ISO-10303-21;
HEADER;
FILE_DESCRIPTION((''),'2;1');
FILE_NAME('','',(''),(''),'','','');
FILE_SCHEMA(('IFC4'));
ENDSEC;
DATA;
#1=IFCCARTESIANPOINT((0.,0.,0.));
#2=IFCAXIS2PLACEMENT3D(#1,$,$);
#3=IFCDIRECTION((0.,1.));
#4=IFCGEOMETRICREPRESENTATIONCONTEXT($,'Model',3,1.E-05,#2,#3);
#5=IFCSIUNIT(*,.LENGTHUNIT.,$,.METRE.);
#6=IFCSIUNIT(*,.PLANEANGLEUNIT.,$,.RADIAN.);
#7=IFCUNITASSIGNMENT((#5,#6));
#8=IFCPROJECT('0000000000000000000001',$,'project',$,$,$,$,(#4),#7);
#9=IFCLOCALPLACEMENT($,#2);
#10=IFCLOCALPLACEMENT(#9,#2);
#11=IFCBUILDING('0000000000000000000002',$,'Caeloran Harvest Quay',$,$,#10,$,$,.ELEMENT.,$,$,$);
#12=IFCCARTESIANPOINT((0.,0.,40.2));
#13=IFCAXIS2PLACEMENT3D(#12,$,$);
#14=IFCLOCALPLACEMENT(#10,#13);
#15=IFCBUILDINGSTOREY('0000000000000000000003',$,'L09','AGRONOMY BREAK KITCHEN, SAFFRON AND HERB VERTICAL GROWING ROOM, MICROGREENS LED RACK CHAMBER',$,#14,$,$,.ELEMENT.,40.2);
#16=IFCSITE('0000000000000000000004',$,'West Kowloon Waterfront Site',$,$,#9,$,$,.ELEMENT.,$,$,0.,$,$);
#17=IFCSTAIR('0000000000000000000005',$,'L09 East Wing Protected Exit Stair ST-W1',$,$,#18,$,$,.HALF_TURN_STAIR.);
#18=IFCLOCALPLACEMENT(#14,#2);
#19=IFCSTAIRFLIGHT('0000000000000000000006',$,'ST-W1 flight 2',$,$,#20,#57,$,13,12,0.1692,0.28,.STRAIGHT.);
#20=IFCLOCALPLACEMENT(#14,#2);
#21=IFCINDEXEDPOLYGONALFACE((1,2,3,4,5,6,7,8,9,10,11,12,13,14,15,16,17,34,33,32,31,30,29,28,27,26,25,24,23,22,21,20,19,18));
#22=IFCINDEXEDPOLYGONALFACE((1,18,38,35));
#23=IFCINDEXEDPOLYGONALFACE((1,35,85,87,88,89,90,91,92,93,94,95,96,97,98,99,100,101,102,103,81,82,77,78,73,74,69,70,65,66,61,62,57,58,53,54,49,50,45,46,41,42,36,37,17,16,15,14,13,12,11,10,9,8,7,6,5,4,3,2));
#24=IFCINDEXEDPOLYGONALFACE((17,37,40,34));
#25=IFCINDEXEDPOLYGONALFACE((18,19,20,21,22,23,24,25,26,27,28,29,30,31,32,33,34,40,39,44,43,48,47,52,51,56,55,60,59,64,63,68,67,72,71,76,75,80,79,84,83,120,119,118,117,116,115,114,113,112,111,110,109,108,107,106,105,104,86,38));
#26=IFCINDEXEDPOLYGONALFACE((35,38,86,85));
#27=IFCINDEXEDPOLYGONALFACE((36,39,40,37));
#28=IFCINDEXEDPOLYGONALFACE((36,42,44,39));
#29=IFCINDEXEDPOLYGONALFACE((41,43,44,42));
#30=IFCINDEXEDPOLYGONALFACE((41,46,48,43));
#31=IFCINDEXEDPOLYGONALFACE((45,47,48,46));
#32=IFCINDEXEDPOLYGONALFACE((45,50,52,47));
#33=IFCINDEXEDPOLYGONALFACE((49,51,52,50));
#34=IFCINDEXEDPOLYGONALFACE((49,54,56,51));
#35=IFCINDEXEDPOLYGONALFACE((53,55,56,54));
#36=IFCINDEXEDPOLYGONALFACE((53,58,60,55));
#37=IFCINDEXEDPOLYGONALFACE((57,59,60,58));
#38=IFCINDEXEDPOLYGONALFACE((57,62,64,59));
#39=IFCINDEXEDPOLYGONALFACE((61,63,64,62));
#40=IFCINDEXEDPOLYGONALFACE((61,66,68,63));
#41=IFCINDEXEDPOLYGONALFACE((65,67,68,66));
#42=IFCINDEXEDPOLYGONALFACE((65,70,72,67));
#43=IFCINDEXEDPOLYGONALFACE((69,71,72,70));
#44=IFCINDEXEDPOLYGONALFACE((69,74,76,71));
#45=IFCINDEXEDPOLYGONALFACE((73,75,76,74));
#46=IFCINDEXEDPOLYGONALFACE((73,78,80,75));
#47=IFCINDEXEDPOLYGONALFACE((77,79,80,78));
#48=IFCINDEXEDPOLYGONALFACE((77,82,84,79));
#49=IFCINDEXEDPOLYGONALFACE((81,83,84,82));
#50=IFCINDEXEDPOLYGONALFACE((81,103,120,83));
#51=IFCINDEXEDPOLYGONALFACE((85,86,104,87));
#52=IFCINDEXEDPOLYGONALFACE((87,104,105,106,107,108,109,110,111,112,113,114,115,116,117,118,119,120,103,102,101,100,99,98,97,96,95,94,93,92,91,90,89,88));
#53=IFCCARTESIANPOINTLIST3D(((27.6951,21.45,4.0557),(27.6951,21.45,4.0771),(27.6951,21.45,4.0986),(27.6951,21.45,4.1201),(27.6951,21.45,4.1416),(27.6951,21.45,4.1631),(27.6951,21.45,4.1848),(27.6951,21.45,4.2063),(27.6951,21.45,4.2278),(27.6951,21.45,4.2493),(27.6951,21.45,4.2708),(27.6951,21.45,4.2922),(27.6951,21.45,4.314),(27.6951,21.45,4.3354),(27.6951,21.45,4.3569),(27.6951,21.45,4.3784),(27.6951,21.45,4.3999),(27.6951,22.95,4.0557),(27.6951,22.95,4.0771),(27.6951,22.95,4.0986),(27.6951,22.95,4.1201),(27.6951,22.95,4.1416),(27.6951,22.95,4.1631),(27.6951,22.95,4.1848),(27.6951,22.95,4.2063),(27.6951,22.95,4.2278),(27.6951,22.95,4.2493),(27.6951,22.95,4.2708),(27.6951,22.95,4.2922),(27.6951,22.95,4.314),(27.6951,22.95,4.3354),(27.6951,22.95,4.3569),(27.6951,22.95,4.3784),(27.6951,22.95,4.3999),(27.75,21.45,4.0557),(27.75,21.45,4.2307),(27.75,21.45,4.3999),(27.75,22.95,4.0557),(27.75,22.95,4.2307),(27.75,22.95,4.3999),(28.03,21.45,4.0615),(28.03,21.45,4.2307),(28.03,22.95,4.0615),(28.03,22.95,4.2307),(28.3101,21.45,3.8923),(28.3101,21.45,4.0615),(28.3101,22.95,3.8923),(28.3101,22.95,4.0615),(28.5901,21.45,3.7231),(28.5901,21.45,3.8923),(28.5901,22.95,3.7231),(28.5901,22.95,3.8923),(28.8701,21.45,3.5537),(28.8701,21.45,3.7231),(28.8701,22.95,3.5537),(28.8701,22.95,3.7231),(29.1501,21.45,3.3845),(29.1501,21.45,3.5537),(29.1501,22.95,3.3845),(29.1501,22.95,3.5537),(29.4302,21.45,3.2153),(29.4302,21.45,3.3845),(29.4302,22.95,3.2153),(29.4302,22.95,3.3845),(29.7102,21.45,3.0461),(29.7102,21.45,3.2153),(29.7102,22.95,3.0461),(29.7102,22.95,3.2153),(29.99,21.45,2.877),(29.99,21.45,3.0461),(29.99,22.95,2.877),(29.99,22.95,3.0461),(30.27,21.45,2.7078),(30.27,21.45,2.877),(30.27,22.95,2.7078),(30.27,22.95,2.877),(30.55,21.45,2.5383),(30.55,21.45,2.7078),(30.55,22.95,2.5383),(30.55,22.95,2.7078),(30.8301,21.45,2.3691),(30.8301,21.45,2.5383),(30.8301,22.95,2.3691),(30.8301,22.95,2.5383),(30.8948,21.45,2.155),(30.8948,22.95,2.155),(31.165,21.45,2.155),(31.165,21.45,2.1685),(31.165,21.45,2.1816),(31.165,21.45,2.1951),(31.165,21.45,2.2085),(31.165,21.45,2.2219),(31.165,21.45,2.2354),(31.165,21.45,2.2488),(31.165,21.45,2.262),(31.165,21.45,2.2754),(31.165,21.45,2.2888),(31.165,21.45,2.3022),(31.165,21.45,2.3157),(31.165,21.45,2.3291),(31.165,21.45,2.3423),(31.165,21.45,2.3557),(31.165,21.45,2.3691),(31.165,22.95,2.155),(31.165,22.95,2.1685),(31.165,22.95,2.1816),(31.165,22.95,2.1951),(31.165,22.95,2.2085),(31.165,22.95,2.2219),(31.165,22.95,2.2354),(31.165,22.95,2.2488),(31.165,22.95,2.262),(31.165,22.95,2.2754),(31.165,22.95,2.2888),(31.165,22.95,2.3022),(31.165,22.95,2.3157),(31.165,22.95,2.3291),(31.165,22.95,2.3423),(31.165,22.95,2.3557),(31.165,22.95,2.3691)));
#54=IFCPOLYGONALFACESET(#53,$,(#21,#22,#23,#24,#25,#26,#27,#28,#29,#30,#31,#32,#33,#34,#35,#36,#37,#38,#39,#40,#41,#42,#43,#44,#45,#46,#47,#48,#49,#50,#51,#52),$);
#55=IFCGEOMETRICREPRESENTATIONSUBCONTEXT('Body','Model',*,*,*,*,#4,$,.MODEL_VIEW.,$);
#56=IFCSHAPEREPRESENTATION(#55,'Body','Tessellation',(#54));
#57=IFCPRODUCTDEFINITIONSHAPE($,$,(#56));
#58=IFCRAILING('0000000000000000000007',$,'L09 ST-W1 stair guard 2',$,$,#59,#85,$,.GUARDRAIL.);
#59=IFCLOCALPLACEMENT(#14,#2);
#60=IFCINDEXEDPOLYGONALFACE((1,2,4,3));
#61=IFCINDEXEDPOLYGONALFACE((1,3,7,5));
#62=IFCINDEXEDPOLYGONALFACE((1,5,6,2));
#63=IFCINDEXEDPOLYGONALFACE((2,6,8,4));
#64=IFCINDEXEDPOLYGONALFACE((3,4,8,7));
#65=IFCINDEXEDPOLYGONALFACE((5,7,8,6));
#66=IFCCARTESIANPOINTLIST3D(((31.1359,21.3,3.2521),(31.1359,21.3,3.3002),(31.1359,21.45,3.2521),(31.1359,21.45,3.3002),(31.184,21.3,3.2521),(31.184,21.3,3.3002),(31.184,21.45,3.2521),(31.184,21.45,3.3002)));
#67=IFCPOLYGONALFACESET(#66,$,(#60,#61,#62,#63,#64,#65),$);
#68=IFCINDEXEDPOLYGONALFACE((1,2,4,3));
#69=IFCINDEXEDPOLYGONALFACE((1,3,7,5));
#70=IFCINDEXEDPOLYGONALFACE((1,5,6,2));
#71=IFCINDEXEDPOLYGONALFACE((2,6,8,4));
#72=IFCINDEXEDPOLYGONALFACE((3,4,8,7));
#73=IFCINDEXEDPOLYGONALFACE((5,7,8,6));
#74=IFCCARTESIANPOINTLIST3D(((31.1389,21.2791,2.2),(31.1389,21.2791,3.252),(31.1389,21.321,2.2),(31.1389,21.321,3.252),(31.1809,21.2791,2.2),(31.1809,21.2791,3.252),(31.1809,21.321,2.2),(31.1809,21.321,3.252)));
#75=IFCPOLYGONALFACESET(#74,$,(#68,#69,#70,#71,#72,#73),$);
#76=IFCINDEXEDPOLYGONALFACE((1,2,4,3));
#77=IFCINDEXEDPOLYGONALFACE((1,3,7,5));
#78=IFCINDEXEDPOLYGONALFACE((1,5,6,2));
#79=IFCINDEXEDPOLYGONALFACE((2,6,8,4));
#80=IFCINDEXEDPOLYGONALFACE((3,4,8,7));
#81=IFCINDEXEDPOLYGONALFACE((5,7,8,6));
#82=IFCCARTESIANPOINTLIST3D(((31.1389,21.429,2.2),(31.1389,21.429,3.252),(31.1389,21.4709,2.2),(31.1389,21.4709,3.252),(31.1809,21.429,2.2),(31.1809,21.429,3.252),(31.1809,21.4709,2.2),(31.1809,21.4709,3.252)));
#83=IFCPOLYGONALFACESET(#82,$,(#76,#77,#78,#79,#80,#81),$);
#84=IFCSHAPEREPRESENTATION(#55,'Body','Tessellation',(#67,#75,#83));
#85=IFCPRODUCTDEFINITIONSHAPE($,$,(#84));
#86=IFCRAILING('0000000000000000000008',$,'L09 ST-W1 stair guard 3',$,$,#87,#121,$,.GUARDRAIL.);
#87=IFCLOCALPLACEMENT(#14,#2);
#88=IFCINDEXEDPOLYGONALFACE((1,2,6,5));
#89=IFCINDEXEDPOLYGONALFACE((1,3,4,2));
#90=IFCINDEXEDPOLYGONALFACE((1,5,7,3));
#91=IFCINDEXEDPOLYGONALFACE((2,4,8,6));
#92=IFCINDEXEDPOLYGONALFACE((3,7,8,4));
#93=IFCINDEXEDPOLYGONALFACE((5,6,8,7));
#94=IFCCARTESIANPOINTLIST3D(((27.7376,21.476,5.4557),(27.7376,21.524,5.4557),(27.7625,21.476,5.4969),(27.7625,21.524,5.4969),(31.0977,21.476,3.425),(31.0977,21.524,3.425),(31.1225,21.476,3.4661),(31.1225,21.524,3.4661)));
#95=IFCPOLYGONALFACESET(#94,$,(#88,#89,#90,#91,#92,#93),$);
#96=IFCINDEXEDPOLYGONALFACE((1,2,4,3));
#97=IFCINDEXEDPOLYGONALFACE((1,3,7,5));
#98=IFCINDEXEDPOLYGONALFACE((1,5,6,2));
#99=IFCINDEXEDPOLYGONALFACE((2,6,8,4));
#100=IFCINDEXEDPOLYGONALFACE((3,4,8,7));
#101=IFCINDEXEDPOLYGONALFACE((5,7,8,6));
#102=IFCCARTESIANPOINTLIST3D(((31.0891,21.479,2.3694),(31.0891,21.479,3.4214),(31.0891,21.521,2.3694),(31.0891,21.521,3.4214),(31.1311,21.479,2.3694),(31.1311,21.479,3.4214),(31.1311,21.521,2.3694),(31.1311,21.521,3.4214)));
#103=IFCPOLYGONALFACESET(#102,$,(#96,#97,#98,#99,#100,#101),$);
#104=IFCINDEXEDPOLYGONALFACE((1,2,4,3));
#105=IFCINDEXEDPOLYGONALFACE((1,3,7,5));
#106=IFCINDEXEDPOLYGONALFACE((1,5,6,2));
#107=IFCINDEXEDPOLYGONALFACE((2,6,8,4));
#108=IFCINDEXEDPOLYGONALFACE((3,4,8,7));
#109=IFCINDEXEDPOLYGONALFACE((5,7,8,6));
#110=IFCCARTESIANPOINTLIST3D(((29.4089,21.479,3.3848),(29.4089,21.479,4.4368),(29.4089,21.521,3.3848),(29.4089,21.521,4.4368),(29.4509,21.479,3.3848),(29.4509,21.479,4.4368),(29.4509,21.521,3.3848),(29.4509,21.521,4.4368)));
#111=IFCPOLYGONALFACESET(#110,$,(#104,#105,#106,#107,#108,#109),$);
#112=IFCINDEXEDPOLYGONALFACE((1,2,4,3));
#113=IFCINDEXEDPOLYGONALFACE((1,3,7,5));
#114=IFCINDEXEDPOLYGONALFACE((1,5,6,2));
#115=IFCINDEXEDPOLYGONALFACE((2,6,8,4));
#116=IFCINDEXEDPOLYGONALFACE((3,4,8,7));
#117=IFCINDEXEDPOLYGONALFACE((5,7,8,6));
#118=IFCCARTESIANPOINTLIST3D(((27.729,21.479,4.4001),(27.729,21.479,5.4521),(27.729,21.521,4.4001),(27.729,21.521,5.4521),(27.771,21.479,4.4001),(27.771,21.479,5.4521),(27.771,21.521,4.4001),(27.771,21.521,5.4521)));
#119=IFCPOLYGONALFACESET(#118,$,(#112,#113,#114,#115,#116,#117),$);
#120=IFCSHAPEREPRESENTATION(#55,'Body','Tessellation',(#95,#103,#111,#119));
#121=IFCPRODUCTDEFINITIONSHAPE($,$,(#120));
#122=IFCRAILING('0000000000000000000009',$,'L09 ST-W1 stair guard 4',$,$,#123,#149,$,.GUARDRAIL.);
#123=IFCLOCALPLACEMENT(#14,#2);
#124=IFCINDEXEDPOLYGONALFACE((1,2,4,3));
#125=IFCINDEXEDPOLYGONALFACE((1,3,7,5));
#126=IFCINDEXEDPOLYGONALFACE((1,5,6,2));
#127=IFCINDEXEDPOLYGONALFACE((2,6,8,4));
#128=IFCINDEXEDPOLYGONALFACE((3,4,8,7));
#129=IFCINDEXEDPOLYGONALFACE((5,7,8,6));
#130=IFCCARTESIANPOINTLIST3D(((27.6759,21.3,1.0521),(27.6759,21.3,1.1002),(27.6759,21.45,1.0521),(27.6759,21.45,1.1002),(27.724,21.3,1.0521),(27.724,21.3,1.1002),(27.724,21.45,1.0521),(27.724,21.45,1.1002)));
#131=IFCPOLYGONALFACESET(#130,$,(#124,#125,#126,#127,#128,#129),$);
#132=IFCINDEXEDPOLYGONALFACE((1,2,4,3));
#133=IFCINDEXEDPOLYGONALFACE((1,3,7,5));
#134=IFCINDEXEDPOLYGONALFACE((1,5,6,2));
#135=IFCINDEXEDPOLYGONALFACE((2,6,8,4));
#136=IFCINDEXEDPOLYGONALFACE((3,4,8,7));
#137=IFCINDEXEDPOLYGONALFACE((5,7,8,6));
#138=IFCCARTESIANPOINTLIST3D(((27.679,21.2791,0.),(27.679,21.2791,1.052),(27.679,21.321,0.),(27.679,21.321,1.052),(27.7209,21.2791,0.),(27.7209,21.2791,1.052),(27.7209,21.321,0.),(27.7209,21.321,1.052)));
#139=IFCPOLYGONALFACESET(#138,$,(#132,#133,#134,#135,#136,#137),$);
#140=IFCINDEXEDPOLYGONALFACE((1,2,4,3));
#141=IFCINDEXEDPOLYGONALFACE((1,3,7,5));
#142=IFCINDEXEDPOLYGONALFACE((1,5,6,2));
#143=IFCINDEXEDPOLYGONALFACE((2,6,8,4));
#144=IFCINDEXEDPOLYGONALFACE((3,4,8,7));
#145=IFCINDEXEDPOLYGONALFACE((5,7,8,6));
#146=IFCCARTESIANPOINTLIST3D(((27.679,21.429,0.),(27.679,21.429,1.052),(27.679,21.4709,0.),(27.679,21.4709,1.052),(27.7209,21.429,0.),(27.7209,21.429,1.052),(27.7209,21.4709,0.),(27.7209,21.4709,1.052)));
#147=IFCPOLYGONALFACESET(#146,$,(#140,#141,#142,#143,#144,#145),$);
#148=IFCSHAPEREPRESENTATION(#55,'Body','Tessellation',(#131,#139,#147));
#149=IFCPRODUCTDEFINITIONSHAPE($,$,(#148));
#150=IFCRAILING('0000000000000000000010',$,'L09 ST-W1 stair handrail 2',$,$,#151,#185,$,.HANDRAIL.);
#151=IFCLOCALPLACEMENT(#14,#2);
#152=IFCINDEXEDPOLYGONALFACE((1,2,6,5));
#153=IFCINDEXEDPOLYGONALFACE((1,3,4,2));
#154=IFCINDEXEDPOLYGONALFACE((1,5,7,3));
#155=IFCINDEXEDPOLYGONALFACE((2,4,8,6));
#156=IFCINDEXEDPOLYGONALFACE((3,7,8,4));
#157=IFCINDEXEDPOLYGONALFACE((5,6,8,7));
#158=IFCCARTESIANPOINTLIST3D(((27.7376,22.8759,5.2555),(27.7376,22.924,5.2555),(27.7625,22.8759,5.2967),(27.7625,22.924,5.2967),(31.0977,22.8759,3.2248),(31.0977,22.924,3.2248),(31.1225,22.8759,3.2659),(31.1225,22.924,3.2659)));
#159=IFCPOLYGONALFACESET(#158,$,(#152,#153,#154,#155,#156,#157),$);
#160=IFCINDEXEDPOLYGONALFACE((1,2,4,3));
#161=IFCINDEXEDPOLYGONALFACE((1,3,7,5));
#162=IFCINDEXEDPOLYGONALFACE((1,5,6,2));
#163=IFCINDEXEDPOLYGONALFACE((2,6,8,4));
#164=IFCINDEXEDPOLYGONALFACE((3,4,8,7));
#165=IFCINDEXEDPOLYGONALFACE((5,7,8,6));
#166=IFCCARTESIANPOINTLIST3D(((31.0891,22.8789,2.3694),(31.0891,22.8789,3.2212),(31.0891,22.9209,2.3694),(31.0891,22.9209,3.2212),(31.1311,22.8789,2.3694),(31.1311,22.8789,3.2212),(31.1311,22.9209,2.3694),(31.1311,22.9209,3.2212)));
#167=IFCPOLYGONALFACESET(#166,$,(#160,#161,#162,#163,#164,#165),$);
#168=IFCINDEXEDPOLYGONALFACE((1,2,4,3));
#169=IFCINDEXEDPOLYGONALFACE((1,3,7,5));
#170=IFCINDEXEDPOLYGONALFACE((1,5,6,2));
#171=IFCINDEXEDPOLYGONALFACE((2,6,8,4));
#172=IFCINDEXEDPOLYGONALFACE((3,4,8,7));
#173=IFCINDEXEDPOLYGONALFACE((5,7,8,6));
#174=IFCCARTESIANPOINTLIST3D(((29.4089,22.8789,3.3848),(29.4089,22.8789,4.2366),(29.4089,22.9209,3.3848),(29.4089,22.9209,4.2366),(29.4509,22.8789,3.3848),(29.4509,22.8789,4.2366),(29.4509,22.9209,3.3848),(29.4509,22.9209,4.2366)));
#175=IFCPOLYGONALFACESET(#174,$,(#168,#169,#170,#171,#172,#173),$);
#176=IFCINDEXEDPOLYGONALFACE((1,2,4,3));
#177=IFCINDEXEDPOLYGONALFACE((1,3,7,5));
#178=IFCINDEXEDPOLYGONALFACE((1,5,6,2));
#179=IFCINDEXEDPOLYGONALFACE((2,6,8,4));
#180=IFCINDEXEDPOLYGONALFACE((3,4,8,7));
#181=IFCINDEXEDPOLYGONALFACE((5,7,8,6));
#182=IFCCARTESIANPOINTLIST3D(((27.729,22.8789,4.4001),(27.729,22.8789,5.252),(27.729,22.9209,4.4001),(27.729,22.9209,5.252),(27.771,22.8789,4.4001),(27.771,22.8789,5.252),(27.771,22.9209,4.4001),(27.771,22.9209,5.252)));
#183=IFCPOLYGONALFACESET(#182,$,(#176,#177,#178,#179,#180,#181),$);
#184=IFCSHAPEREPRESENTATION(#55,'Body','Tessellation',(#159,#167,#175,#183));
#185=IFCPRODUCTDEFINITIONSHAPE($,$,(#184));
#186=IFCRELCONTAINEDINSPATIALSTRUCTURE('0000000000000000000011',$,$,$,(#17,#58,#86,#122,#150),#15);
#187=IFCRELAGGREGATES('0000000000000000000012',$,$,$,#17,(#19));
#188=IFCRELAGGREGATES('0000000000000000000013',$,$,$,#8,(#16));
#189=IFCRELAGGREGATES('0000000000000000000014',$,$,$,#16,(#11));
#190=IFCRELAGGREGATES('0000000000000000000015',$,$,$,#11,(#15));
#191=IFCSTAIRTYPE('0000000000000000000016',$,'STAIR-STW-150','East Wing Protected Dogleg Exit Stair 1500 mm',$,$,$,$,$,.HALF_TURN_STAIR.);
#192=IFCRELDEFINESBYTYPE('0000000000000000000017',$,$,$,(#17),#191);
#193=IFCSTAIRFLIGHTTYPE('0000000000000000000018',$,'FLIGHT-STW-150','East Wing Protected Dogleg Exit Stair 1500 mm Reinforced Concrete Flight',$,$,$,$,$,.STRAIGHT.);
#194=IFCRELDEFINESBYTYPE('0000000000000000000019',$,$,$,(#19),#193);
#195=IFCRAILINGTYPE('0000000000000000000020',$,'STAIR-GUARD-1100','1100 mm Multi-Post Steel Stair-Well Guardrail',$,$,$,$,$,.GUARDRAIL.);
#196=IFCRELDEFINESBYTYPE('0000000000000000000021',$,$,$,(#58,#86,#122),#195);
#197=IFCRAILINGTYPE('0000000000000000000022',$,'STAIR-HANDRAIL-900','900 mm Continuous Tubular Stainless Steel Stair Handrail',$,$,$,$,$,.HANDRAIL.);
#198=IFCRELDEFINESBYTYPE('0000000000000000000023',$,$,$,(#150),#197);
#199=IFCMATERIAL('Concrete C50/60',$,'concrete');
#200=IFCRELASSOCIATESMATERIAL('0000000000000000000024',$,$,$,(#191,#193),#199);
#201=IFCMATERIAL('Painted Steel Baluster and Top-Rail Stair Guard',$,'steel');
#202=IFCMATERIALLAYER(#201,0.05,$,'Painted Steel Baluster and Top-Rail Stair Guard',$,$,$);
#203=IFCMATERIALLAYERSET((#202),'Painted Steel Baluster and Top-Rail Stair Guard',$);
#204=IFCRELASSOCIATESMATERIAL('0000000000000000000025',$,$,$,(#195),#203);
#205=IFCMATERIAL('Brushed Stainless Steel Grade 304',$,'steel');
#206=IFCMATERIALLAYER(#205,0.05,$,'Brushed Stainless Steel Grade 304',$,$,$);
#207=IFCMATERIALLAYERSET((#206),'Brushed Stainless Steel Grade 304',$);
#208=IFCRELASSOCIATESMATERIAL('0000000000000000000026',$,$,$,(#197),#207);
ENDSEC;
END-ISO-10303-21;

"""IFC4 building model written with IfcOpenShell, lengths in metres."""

from ifc_helpers import new_model, si_unit, direction, frame, origin, origin_2d, place, context, subcontext, project, spatial, polyline, rectangle, outline, extrude, material, layer, layer_set, type_object, element, aggregate, save


model = new_model("IFC4")

# Units and contexts
model_context = context("Model", 3, precision=1e-05, world=origin(), true_north=direction((0.0, 1.0)))
body_context = subcontext(model_context, "Body", "Model", "MODEL_VIEW")
ifc_project = project(units=[si_unit("LENGTHUNIT", "METRE"), si_unit("PLANEANGLEUNIT", "RADIAN")], contexts=[model_context])

# Site, building, storey
site_placement = place(None, origin())
site = spatial("IfcSite", under=ifc_project, at=site_placement, Name="West Kowloon Waterfront Site", CompositionType="ELEMENT", RefElevation=0.0)
building_placement = place(site_placement, origin())
building = spatial("IfcBuilding", under=site, at=building_placement, Name="Caeloran Harvest Quay", CompositionType="ELEMENT")
storey_placement = place(building_placement, frame((0.0, 0.0, 40.2)))
storey = spatial("IfcBuildingStorey", under=building, at=storey_placement, Name="L09", Description="AGRONOMY BREAK KITCHEN, SAFFRON AND HERB VERTICAL GROWING ROOM, MICROGREENS LED RACK CHAMBER", CompositionType="ELEMENT", Elevation=40.2)

# Stair, stair flight
ifc_material_1 = material(Name="Concrete C50/60", Category="concrete")
stair_type = type_object("IfcStairType", Name="STAIR-STW-150", Description="East Wing Protected Dogleg Exit Stair 1500 mm", PredefinedType="HALF_TURN_STAIR", material=ifc_material_1)
stair_placement = place(storey_placement, origin())
stair = element("IfcStair", 1, at=stair_placement, inside=storey, type_object=stair_type, Name="L09 East Wing Protected Exit Stair ST-W1", PredefinedType="HALF_TURN_STAIR")
stair_flight_type = type_object("IfcStairFlightType", Name="FLIGHT-STW-150", Description="East Wing Protected Dogleg Exit Stair 1500 mm Reinforced Concrete Flight", PredefinedType="STRAIGHT", material=ifc_material_1)
stair_flight_placement = place(storey_placement, frame((31.1101, 22.2, 2.2), z_axis=(0.0, 0.0, 1.0), x_axis=(-1.0, 0.0, 0.0)))
stair_flight = element("IfcStairFlight", 2, at=stair_flight_placement, type_object=stair_flight_type, Name="ST-W1 flight 2", NumberOfRisers=13, NumberOfTreads=12, PredefinedType="STRAIGHT", RiserHeight=0.1692, TreadLength=0.28, context=body_context, shape_type="SweptSolid", body=[
    extrude(outline(polyline([(-0.0549, -0.0449), (-0.0549, -0.0315), (-0.0549, -0.0183), (-0.0549, -0.0049), (-0.0549, 0.0085), (-0.0549, 0.022), (-0.0549, 0.0354), (-0.0549, 0.0488), (-0.0549, 0.062), (-0.0549, 0.0754), (-0.0549, 0.0889), (-0.0549, 0.1023), (-0.0549, 0.1157), (-0.0549, 0.1292), (-0.0549, 0.1423), (-0.0549, 0.1558), (-0.0549, 0.1692), (0.28, 0.1692), (0.28, 0.3384), (0.5601, 0.3384), (0.5601, 0.5078), (0.8401, 0.5078), (0.8401, 0.677), (1.1201, 0.677), (1.1201, 0.8462), (1.3999, 0.8462), (1.3999, 1.0154), (1.6799, 1.0154), (1.6799, 1.1846), (1.96, 1.1846), (1.96, 1.3538), (2.24, 1.3538), (2.24, 1.5232), (2.52, 1.5232), (2.52, 1.6924), (2.8, 1.6924), (2.8, 1.8616), (3.0801, 1.8616), (3.0801, 2.0308), (3.3601, 2.0308), (3.3601, 2.2), (3.415, 2.2), (3.415, 2.1785), (3.415, 2.157), (3.415, 2.1355), (3.415, 2.114), (3.415, 2.0923), (3.415, 2.0708), (3.415, 2.0493), (3.415, 2.0278), (3.415, 2.0063), (3.415, 1.9849), (3.415, 1.9631), (3.415, 1.9417), (3.415, 1.9202), (3.415, 1.8987), (3.415, 1.8772), (3.415, 1.8557), (3.3601, 1.8557), (0.2153, -0.0449), (-0.0549, -0.0449)])), frame((0.0, 0.75, 0.0), z_axis=(0.0, -1.0, 0.0), x_axis=(1.0, 0.0, 0.0)), (0.0, 0.0, 1.0), 1.5),
])
aggregate(stair, [stair_flight])

# Railings
ifc_material_2 = material(Name="Painted Steel Baluster and Top-Rail Stair Guard", Category="steel")
ifc_layer_1 = layer(ifc_material_2, 0.05, Name="Painted Steel Baluster and Top-Rail Stair Guard")
ifc_layer_set_1 = layer_set([ifc_layer_1], Name="Painted Steel Baluster and Top-Rail Stair Guard")
railing_type_1 = type_object("IfcRailingType", Name="STAIR-GUARD-1100", Description="1100 mm Multi-Post Steel Stair-Well Guardrail", PredefinedType="GUARDRAIL", material=ifc_layer_set_1)
railing_1_placement = place(storey_placement, frame((31.1599, 21.3, 2.2)))
element("IfcRailing", 3, at=railing_1_placement, inside=storey, type_object=railing_type_1, Name="L09 ST-W1 stair guard 2", PredefinedType="GUARDRAIL", context=body_context, shape_type="SweptSolid", body=[
    extrude(rectangle(XDim=0.0481, YDim=0.0481, at=origin_2d()), frame((0.0, 0.0, 1.0762), z_axis=(0.0, 1.0, 0.0), x_axis=(-1.0, 0.0, 0.0)), (0.0, 0.0, 1.0), 0.1499),
    extrude(rectangle(XDim=0.042, YDim=0.042, at=origin_2d()), origin(), (0.0, 0.0, 1.0), 1.052),
    extrude(rectangle(XDim=0.042, YDim=0.042, at=origin_2d()), frame((0.0, 0.1499, 0.0)), (0.0, 0.0, 1.0), 1.052),
])
railing_2_placement = place(storey_placement, frame((31.1101, 21.5, 2.3694)))
element("IfcRailing", 4, at=railing_2_placement, inside=storey, type_object=railing_type_1, Name="L09 ST-W1 stair guard 3", PredefinedType="GUARDRAIL", context=body_context, shape_type="SweptSolid", body=[
    extrude(rectangle(XDim=0.0481, YDim=0.0481, at=origin_2d()), frame((0.0, 0.0, 1.0762), z_axis=(-0.855837, 0.0, 0.517246), x_axis=(0.0, -1.0, 0.0)), (0.0, 0.0, 1.0), 3.926),
    extrude(rectangle(XDim=0.042, YDim=0.042, at=origin_2d()), origin(), (0.0, 0.0, 1.0), 1.052),
    extrude(rectangle(XDim=0.042, YDim=0.042, at=origin_2d()), frame((-1.6802, 0.0, 1.0154)), (0.0, 0.0, 1.0), 1.052),
    extrude(rectangle(XDim=0.042, YDim=0.042, at=origin_2d()), frame((-3.3601, 0.0, 2.0308)), (0.0, 0.0, 1.0), 1.052),
])
railing_3_placement = place(storey_placement, frame((27.7, 21.3, 0.0)))
element("IfcRailing", 5, at=railing_3_placement, inside=storey, type_object=railing_type_1, Name="L09 ST-W1 stair guard 4", PredefinedType="GUARDRAIL", context=body_context, shape_type="SweptSolid", body=[
    extrude(rectangle(XDim=0.0481, YDim=0.0481, at=origin_2d()), frame((0.0, 0.0, 1.0762), z_axis=(0.0, 1.0, 0.0), x_axis=(-1.0, 0.0, 0.0)), (0.0, 0.0, 1.0), 0.1499),
    extrude(rectangle(XDim=0.042, YDim=0.042, at=origin_2d()), origin(), (0.0, 0.0, 1.0), 1.052),
    extrude(rectangle(XDim=0.042, YDim=0.042, at=origin_2d()), frame((0.0, 0.1499, 0.0)), (0.0, 0.0, 1.0), 1.052),
])
ifc_material_3 = material(Name="Brushed Stainless Steel Grade 304", Category="steel")
ifc_layer_2 = layer(ifc_material_3, 0.05, Name="Brushed Stainless Steel Grade 304")
ifc_layer_set_2 = layer_set([ifc_layer_2], Name="Brushed Stainless Steel Grade 304")
railing_type_2 = type_object("IfcRailingType", Name="STAIR-HANDRAIL-900", Description="900 mm Continuous Tubular Stainless Steel Stair Handrail", PredefinedType="HANDRAIL", material=ifc_layer_set_2)
railing_4_placement = place(storey_placement, frame((31.1101, 22.8999, 2.3694)))
element("IfcRailing", 6, at=railing_4_placement, inside=storey, type_object=railing_type_2, Name="L09 ST-W1 stair handrail 2", PredefinedType="HANDRAIL", context=body_context, shape_type="SweptSolid", body=[
    extrude(rectangle(XDim=0.0481, YDim=0.0481, at=origin_2d()), frame((0.0, 0.0, 0.876), z_axis=(-0.855837, 0.0, 0.517246), x_axis=(0.0, -1.0, 0.0)), (0.0, 0.0, 1.0), 3.926),
    extrude(rectangle(XDim=0.042, YDim=0.042, at=origin_2d()), origin(), (0.0, 0.0, 1.0), 0.8518),
    extrude(rectangle(XDim=0.042, YDim=0.042, at=origin_2d()), frame((-1.6802, 0.0, 1.0154)), (0.0, 0.0, 1.0), 0.8518),
    extrude(rectangle(XDim=0.042, YDim=0.042, at=origin_2d()), frame((-3.3601, 0.0, 2.0308)), (0.0, 0.0, 1.0), 0.8518),
])

save(model, "model.ifc")
